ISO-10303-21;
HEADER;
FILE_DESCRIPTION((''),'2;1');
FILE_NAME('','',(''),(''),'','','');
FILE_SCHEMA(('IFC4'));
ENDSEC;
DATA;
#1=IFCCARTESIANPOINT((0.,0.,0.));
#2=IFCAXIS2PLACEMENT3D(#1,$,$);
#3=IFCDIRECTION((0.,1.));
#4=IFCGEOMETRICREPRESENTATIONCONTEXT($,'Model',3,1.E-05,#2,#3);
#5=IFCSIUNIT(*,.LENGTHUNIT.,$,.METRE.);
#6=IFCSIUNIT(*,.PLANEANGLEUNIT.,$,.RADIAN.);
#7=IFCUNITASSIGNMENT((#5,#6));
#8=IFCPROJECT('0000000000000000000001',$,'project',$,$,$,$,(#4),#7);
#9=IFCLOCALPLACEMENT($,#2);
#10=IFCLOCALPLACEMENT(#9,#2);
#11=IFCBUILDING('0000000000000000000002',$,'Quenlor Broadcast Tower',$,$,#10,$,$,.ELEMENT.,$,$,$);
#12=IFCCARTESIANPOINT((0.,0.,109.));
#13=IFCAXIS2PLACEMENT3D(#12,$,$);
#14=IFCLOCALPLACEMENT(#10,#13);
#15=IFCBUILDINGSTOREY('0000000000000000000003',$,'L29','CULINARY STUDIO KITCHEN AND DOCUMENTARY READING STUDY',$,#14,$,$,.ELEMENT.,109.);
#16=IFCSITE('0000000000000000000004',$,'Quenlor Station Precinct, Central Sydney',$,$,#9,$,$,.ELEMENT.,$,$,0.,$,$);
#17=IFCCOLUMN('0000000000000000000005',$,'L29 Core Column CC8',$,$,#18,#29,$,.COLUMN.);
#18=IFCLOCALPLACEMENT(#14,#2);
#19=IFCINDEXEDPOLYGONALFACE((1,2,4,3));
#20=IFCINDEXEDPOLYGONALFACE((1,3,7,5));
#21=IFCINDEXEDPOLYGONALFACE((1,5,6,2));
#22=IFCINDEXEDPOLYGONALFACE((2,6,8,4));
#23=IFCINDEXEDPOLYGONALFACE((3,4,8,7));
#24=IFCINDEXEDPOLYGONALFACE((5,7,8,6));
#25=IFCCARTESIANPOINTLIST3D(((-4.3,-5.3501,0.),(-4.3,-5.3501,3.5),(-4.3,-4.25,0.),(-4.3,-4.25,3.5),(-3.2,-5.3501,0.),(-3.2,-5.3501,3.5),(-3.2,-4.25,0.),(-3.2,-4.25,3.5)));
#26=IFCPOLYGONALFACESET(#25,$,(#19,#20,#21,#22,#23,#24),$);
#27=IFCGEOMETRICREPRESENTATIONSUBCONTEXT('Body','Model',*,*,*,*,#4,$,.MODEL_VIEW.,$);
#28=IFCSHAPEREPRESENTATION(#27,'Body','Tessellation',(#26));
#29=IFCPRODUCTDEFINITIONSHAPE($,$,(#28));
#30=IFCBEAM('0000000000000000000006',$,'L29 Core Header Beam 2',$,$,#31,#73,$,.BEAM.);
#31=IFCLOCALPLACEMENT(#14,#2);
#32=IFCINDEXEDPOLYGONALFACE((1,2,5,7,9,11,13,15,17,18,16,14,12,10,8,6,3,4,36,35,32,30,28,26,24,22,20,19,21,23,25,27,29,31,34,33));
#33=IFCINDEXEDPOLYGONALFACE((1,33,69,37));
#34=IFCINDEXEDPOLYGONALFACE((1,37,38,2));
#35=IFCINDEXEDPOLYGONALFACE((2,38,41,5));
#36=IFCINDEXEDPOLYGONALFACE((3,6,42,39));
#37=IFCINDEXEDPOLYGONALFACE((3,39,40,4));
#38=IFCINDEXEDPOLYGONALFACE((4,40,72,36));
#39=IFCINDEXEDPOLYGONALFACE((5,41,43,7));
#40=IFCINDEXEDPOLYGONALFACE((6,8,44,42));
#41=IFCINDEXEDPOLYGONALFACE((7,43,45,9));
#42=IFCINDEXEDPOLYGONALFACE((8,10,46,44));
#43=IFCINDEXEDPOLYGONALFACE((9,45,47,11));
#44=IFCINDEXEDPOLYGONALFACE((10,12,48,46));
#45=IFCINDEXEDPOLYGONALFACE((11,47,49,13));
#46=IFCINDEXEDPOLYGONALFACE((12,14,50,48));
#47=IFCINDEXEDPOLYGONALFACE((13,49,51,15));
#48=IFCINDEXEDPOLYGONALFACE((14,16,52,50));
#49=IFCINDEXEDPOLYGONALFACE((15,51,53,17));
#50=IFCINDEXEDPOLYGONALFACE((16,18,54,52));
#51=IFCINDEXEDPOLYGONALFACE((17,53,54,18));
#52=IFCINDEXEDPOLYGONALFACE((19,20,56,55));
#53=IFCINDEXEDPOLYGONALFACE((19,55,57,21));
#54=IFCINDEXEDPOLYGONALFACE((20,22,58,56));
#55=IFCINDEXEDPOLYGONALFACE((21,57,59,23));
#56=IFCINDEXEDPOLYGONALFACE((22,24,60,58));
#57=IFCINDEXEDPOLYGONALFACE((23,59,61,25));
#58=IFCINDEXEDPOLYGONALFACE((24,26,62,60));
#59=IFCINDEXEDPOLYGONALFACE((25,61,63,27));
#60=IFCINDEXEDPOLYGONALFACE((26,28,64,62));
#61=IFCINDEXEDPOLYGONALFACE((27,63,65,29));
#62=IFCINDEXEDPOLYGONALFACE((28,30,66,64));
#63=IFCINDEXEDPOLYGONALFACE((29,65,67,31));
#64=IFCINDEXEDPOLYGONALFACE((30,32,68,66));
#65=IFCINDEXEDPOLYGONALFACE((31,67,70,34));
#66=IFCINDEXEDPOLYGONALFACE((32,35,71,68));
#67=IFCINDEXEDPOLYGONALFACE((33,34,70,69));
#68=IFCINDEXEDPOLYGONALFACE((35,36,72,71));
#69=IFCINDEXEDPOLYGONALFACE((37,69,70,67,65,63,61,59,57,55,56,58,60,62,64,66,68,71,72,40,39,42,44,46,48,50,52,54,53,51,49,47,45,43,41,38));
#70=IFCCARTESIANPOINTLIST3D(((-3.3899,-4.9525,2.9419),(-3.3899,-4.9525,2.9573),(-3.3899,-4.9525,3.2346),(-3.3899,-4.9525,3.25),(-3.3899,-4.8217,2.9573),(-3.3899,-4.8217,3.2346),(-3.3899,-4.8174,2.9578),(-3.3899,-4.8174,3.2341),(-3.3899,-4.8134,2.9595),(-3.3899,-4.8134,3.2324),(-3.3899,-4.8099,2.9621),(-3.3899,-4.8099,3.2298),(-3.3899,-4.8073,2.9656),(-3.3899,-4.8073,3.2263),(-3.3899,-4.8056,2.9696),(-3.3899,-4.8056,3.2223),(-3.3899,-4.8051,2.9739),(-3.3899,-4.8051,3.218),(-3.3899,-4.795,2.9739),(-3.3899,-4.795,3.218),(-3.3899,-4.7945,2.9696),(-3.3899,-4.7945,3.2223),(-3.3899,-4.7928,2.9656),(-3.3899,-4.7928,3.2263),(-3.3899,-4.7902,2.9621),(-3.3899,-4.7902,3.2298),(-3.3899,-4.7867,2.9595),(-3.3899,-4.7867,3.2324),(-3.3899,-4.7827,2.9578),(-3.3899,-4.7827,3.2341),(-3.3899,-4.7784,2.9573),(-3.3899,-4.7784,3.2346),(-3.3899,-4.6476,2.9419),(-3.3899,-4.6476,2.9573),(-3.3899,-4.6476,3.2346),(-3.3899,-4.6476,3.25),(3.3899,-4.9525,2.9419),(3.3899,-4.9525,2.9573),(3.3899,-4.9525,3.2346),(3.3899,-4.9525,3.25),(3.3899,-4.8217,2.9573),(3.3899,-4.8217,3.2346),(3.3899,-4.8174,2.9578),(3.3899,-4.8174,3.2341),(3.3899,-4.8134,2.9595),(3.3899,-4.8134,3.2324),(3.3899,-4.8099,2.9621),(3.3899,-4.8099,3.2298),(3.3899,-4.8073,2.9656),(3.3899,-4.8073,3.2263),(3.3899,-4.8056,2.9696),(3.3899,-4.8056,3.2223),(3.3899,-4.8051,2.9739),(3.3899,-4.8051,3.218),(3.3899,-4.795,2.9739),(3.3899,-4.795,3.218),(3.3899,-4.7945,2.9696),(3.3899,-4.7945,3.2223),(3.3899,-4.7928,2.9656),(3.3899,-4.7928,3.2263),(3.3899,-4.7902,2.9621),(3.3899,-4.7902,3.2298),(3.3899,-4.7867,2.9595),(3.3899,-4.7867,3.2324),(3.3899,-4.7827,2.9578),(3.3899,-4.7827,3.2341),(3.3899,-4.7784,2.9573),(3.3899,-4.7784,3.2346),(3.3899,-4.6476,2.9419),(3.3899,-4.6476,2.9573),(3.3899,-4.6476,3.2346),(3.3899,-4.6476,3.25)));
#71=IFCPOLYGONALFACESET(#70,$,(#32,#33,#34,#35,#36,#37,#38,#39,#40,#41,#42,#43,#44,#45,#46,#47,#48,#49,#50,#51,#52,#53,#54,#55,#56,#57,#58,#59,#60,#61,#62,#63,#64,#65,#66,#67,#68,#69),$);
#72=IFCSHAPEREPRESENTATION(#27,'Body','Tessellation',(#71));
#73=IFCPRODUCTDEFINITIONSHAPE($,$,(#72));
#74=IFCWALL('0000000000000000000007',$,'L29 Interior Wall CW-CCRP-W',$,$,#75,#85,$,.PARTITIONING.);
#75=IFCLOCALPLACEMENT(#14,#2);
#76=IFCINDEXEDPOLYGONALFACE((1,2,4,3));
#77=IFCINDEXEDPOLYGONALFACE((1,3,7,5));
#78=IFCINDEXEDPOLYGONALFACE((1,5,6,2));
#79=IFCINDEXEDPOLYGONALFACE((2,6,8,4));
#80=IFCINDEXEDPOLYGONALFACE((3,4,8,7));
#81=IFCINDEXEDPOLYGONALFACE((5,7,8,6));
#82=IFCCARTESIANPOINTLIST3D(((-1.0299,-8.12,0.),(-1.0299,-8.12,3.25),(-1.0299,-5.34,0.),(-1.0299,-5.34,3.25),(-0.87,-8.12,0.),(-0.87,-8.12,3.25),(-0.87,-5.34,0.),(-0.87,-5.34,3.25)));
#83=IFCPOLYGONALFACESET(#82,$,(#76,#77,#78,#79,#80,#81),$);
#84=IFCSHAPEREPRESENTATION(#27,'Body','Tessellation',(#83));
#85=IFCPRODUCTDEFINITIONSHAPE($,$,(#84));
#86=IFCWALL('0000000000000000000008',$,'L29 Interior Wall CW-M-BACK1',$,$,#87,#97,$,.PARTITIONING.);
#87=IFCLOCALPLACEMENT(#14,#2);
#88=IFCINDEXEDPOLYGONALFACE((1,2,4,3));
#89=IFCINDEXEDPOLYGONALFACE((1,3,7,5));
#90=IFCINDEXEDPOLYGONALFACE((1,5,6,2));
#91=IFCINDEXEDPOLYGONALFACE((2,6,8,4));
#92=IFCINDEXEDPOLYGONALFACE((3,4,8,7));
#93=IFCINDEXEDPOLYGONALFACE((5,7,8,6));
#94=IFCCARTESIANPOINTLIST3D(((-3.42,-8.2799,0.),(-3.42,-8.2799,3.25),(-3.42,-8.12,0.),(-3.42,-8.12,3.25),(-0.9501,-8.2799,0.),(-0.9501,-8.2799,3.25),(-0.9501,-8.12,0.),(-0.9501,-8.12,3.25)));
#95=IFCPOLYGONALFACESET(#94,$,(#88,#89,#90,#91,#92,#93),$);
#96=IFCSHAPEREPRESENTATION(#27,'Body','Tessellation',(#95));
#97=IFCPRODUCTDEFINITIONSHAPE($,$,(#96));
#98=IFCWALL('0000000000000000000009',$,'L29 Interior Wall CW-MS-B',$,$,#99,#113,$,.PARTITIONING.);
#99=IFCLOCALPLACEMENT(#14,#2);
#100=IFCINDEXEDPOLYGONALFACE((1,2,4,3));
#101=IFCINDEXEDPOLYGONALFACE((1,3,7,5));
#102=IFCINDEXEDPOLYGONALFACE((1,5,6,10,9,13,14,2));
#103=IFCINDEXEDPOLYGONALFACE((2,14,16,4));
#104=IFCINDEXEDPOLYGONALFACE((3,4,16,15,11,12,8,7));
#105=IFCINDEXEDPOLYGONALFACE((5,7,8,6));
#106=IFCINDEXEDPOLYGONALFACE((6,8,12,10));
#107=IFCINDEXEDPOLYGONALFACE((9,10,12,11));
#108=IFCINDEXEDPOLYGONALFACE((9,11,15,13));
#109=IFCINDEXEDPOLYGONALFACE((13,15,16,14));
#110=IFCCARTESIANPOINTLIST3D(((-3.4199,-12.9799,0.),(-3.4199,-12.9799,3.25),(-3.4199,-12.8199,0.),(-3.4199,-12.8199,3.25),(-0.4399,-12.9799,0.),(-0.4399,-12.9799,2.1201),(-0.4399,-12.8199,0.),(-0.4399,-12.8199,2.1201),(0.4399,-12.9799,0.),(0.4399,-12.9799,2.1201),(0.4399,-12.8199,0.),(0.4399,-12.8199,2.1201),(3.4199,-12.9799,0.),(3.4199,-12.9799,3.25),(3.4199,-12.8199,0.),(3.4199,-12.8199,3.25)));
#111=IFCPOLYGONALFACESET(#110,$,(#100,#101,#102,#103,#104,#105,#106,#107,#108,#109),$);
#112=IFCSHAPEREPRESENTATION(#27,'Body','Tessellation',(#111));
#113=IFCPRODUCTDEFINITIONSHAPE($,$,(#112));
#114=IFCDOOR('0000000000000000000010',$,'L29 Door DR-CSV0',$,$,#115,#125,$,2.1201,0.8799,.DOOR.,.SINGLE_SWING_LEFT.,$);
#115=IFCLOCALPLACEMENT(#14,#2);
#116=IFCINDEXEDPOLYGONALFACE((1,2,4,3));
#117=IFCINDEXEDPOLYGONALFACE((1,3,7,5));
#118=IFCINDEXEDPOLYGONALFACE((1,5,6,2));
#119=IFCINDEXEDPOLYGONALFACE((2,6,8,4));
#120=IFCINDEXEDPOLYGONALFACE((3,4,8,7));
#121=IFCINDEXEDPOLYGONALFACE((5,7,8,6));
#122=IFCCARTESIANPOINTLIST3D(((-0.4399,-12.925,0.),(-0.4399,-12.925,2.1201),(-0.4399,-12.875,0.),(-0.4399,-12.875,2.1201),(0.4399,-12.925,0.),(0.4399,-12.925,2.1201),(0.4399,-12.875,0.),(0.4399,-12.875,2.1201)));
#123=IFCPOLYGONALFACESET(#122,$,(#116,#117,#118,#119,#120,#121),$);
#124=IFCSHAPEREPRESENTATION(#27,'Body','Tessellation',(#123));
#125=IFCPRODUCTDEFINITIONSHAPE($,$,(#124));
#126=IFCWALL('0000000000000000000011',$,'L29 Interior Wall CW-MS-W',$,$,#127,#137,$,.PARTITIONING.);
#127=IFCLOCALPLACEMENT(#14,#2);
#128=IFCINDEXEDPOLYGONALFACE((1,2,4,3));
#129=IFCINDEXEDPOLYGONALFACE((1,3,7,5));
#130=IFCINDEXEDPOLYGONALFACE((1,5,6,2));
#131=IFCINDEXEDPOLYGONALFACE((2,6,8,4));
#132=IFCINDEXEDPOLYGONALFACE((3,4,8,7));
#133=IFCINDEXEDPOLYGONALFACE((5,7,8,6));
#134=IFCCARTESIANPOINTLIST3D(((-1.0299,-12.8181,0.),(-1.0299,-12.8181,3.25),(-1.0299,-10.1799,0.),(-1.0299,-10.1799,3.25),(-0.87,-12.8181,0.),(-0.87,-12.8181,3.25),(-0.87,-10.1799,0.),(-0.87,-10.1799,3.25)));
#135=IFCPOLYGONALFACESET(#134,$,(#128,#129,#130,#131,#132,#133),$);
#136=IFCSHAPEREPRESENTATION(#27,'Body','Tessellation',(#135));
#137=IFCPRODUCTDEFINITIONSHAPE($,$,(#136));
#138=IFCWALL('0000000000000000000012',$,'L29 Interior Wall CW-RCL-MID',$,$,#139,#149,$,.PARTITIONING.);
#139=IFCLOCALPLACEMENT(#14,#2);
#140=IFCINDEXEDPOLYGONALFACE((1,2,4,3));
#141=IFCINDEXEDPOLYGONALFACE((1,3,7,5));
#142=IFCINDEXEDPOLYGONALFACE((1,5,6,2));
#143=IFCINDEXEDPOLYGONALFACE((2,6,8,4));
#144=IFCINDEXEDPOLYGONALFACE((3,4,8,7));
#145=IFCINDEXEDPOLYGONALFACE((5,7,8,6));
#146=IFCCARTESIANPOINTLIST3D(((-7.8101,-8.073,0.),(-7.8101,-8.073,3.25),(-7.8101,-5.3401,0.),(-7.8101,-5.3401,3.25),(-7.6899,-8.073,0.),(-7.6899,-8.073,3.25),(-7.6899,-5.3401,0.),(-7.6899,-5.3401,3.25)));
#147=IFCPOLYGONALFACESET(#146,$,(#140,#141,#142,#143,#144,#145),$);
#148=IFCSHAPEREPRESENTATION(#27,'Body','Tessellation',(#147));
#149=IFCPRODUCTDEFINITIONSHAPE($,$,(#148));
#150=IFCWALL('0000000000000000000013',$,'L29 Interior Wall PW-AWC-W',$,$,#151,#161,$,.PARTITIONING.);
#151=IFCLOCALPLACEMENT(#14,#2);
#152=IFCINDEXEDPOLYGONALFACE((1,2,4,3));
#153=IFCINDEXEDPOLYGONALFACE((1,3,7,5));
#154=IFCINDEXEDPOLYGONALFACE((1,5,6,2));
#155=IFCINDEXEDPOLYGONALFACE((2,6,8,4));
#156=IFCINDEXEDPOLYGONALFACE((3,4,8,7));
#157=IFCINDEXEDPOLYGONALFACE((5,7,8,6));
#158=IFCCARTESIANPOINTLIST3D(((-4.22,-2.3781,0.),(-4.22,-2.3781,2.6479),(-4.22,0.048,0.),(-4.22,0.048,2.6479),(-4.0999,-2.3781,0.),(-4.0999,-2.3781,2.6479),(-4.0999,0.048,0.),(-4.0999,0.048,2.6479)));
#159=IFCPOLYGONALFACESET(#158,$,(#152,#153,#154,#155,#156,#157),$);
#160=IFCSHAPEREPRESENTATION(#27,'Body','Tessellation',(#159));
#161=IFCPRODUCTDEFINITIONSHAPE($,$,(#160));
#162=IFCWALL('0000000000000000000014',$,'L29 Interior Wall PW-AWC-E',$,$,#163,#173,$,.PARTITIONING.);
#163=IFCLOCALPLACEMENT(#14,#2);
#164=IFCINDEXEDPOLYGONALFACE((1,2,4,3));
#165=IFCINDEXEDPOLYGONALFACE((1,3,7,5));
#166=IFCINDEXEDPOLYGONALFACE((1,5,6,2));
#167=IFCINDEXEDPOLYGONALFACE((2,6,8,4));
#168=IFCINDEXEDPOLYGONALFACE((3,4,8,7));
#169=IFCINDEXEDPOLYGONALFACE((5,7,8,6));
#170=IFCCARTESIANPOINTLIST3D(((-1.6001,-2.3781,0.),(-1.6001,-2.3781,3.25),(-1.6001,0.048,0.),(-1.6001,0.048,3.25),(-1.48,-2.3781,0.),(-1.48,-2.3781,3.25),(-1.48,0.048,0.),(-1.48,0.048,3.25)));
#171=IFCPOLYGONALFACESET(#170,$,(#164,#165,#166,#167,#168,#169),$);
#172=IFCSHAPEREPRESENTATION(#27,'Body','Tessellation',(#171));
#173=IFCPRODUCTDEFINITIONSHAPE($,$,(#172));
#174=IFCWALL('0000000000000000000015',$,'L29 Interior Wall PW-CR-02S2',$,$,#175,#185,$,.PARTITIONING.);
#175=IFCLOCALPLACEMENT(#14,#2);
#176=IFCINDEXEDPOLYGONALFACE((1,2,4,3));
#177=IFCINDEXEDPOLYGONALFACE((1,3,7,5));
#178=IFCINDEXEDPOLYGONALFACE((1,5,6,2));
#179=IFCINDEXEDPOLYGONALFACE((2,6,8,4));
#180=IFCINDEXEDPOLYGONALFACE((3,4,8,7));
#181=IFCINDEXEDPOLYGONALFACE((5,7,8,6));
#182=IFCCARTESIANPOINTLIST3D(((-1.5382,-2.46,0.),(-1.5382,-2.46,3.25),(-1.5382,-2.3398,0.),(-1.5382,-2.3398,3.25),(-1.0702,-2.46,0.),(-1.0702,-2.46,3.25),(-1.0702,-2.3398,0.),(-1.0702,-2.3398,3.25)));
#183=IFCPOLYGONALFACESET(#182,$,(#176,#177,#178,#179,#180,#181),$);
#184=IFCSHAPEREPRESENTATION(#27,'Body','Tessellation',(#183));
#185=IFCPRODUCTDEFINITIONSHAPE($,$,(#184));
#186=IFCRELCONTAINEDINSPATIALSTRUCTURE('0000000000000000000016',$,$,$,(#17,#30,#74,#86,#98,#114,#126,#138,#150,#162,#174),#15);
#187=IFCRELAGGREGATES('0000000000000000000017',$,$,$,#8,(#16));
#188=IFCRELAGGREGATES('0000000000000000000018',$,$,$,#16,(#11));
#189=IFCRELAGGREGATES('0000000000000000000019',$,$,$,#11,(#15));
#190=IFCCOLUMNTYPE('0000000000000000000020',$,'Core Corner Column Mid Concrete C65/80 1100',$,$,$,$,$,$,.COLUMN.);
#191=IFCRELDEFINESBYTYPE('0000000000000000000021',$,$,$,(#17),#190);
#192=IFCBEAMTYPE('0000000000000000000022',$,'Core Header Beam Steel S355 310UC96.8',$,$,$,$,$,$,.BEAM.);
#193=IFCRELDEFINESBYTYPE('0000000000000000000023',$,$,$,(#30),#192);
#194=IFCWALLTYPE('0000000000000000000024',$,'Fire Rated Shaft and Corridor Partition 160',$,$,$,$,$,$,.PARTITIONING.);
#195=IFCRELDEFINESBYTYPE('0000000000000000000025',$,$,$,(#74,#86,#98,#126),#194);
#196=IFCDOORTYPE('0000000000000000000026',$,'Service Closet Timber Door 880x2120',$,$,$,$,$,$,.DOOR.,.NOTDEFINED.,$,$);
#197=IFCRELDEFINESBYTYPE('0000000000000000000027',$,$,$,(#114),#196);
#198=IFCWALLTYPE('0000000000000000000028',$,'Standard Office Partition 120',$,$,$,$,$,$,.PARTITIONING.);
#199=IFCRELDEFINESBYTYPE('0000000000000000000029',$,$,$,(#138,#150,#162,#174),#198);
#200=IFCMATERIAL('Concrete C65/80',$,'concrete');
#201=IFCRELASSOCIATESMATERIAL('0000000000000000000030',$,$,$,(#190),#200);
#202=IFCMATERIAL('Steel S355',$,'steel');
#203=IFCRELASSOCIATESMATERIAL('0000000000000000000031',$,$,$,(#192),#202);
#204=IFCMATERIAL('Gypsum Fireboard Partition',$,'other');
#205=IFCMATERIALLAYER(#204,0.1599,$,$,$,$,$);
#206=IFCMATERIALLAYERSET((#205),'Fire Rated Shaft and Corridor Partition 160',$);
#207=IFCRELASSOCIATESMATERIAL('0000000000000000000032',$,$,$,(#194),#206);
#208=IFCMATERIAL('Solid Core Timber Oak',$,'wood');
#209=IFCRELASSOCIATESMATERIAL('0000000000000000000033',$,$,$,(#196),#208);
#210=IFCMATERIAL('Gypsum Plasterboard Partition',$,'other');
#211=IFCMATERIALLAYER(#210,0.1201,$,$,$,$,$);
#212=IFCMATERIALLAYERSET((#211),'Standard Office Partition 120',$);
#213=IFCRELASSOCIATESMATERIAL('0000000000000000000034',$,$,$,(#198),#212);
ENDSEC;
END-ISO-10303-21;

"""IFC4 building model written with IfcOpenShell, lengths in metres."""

from ifc_helpers import new_model, si_unit, direction, frame, frame_2d, origin, origin_2d, place, context, subcontext, project, spatial, rectangle, i_section, extrude, material, layer, layer_set, material_profile, profile_set, type_object, element, fill, save


model = new_model("IFC4")

# Units and contexts
model_context = context("Model", 3, precision=1e-05, world=origin(), true_north=direction((0.0, 1.0)))
body_context = subcontext(model_context, "Body", "Model", "MODEL_VIEW")
ifc_project = project(units=[si_unit("LENGTHUNIT", "METRE"), si_unit("PLANEANGLEUNIT", "RADIAN")], contexts=[model_context])

# Site, building, storey
site_placement = place(None, origin())
site = spatial("IfcSite", under=ifc_project, at=site_placement, Name="Quenlor Station Precinct, Central Sydney", CompositionType="ELEMENT", RefElevation=0.0)
building_placement = place(site_placement, origin())
building = spatial("IfcBuilding", under=site, at=building_placement, Name="Quenlor Broadcast Tower", CompositionType="ELEMENT")
storey_placement = place(building_placement, frame((0.0, 0.0, 109.0)))
storey = spatial("IfcBuildingStorey", under=building, at=storey_placement, Name="L29", Description="CULINARY STUDIO KITCHEN AND DOCUMENTARY READING STUDY", CompositionType="ELEMENT", Elevation=109.0)

# Column
ifc_material_1 = material(Name="Concrete C65/80", Category="concrete")
ifc_material_profile_1 = material_profile(ifc_material_1, rectangle(XDim=1.1001, YDim=1.1001, at=origin_2d()))
ifc_profile_set_1 = profile_set([ifc_material_profile_1], Name="Concrete C65/80 RC1100x1100")
column_type = type_object("IfcColumnType", Name="Core Corner Column Mid Concrete C65/80 1100", PredefinedType="COLUMN", material=ifc_profile_set_1)
column_placement = place(storey_placement, frame((-3.75, -4.8, 0.0), z_axis=(0.0, 0.0, 1.0), x_axis=(1.0, 0.0, 0.0)))
element("IfcColumn", 1, at=column_placement, inside=storey, type_object=column_type, Name="L29 Core Column CC8", PredefinedType="COLUMN", context=body_context, shape_type="SweptSolid", body=[
    extrude(rectangle(XDim=1.1001, YDim=1.1001, at=origin_2d()), origin(), (0.0, 0.0, 1.0), 3.5),
])

# Beam
ifc_material_2 = material(Name="Steel S355", Category="steel")
ifc_material_profile_2 = material_profile(ifc_material_2, i_section(OverallWidth=0.3049, OverallDepth=0.3081, WebThickness=0.01, FlangeThickness=0.0154, FilletRadius=0.0166, at=origin_2d()))
ifc_profile_set_2 = profile_set([ifc_material_profile_2], Name="Steel S355 310UC96.8")
beam_type = type_object("IfcBeamType", Name="Core Header Beam Steel S355 310UC96.8", PredefinedType="BEAM", material=ifc_profile_set_2)
beam_placement = place(storey_placement, frame((-3.3899, -4.8, 3.0959), z_axis=(1.0, 0.0, 0.0), x_axis=(0.0, 1.0, 0.0)))
element("IfcBeam", 2, at=beam_placement, inside=storey, type_object=beam_type, Name="L29 Core Header Beam 2", PredefinedType="BEAM", context=body_context, shape_type="SweptSolid", body=[
    extrude(i_section(OverallWidth=0.3049, OverallDepth=0.3081, WebThickness=0.01, FlangeThickness=0.0154, FilletRadius=0.0166, at=origin_2d()), origin(), (0.0, 0.0, 1.0), 6.7798),
])

# Walls
ifc_material_3 = material(Name="Gypsum Fireboard Partition", Category="other")
ifc_layer_1 = layer(ifc_material_3, 0.1599)
ifc_layer_set_1 = layer_set([ifc_layer_1], Name="Fire Rated Shaft and Corridor Partition 160")
wall_type_1 = type_object("IfcWallType", Name="Fire Rated Shaft and Corridor Partition 160", PredefinedType="PARTITIONING", material=ifc_layer_set_1)
wall_1_placement = place(storey_placement, frame((-0.95, -8.1201, 0.0), z_axis=(0.0, 0.0, 1.0), x_axis=(0.0, 1.0, 0.0)))
element("IfcWall", 3, at=wall_1_placement, inside=storey, type_object=wall_type_1, Name="L29 Interior Wall CW-CCRP-W", PredefinedType="PARTITIONING", context=body_context, shape_type="SweptSolid", body=[
    extrude(rectangle(XDim=2.78, YDim=0.1599, at=frame_2d((1.3901, 0.0))), origin(), (0.0, 0.0, 1.0), 3.25),
])
wall_2_placement = place(storey_placement, frame((-3.4199, -8.2, 0.0), z_axis=(0.0, 0.0, 1.0), x_axis=(1.0, 0.0, 0.0)))
element("IfcWall", 4, at=wall_2_placement, inside=storey, type_object=wall_type_1, Name="L29 Interior Wall CW-M-BACK1", PredefinedType="PARTITIONING", context=body_context, shape_type="SweptSolid", body=[
    extrude(rectangle(XDim=2.47, YDim=0.1599, at=frame_2d((1.2349, 0.0))), origin(), (0.0, 0.0, 1.0), 3.25),
])

# Wall, opening, door
wall_3_placement = place(storey_placement, frame((-3.4199, -12.8999, 0.0), z_axis=(0.0, 0.0, 1.0), x_axis=(1.0, 0.0, 0.0)))
wall_3 = element("IfcWall", 5, at=wall_3_placement, inside=storey, type_object=wall_type_1, Name="L29 Interior Wall CW-MS-B", PredefinedType="PARTITIONING", context=body_context, shape_type="SweptSolid", body=[
    extrude(rectangle(XDim=6.8398, YDim=0.1599, at=frame_2d((3.4199, 0.0))), origin(), (0.0, 0.0, 1.0), 3.25),
])
opening_1_placement = place(wall_3_placement, frame((2.98, 0.0, 0.0)))
opening_1 = element("IfcOpeningElement", 6, at=opening_1_placement, cuts=wall_3, PredefinedType="OPENING", context=body_context, shape_type="SweptSolid", body=[
    extrude(rectangle(XDim=0.8799, YDim=2.1201, at=frame_2d((0.4399, 1.0601))), frame((0.0, 0.0898, 0.0), z_axis=(0.0, -1.0, 0.0), x_axis=(1.0, 0.0, 0.0)), (0.0, 0.0, 1.0), 0.1799),
])
ifc_material_4 = material(Name="Solid Core Timber Oak", Category="wood")
door_type_1 = type_object("IfcDoorType", Name="Service Closet Timber Door 880x2120", OperationType="NOTDEFINED", PredefinedType="DOOR", material=ifc_material_4)
door_1_placement = place(opening_1_placement, origin())
door_1 = element("IfcDoor", 7, at=door_1_placement, inside=storey, type_object=door_type_1, Name="L29 Door DR-CSV0", OperationType="SINGLE_SWING_LEFT", OverallHeight=2.1201, OverallWidth=0.8799, PredefinedType="DOOR", context=body_context, shape_type="SweptSolid", body=[
    extrude(rectangle(XDim=0.8799, YDim=2.1201, at=frame_2d((0.4399, 1.0601))), frame((0.0, 0.0249, 0.0), z_axis=(0.0, -1.0, 0.0), x_axis=(1.0, 0.0, 0.0)), (0.0, 0.0, 1.0), 0.05),
])
fill(opening_1, door_1)

# Walls
wall_4_placement = place(storey_placement, frame((-0.95, -12.8181, 0.0), z_axis=(0.0, 0.0, 1.0), x_axis=(0.0, 1.0, 0.0)))
element("IfcWall", 8, at=wall_4_placement, inside=storey, type_object=wall_type_1, Name="L29 Interior Wall CW-MS-W", PredefinedType="PARTITIONING", context=body_context, shape_type="SweptSolid", body=[
    extrude(rectangle(XDim=2.6382, YDim=0.1599, at=frame_2d((1.3191, 0.0))), origin(), (0.0, 0.0, 1.0), 3.25),
])
ifc_material_5 = material(Name="Gypsum Plasterboard Partition", Category="other")
ifc_layer_2 = layer(ifc_material_5, 0.1201)
ifc_layer_set_2 = layer_set([ifc_layer_2], Name="Standard Office Partition 120")
wall_type_2 = type_object("IfcWallType", Name="Standard Office Partition 120", PredefinedType="PARTITIONING", material=ifc_layer_set_2)
wall_5_placement = place(storey_placement, frame((-7.75, -8.073, 0.0), z_axis=(0.0, 0.0, 1.0), x_axis=(0.0, 1.0, 0.0)))
element("IfcWall", 9, at=wall_5_placement, inside=storey, type_object=wall_type_2, Name="L29 Interior Wall CW-RCL-MID", PredefinedType="PARTITIONING", context=body_context, shape_type="SweptSolid", body=[
    extrude(rectangle(XDim=2.7329, YDim=0.1201, at=frame_2d((1.3665, 0.0))), origin(), (0.0, 0.0, 1.0), 3.25),
])

# Walls
wall_6_placement = place(storey_placement, frame((-4.1599, -2.3779, 0.0), z_axis=(0.0, 0.0, 1.0), x_axis=(0.0, 1.0, 0.0)))
element("IfcWall", 10, at=wall_6_placement, inside=storey, type_object=wall_type_2, Name="L29 Interior Wall PW-AWC-W", PredefinedType="PARTITIONING", context=body_context, shape_type="SweptSolid", body=[
    extrude(rectangle(XDim=2.426, YDim=0.1201, at=frame_2d((1.2129, 0.0))), origin(), (0.0, 0.0, 1.0), 2.6479),
])
wall_7_placement = place(storey_placement, frame((-1.54, -2.3779, 0.0), z_axis=(0.0, 0.0, 1.0), x_axis=(0.0, 1.0, 0.0)))
element("IfcWall", 11, at=wall_7_placement, inside=storey, type_object=wall_type_2, Name="L29 Interior Wall PW-AWC-E", PredefinedType="PARTITIONING", context=body_context, shape_type="SweptSolid", body=[
    extrude(rectangle(XDim=2.426, YDim=0.1201, at=frame_2d((1.2129, 0.0))), origin(), (0.0, 0.0, 1.0), 3.25),
])
wall_8_placement = place(storey_placement, frame((-1.5381, -2.3999, 0.0), z_axis=(0.0, 0.0, 1.0), x_axis=(1.0, 0.0, 0.0)))
element("IfcWall", 12, at=wall_8_placement, inside=storey, type_object=wall_type_2, Name="L29 Interior Wall PW-CR-02S2", PredefinedType="PARTITIONING", context=body_context, shape_type="SweptSolid", body=[
    extrude(rectangle(XDim=0.468, YDim=0.1201, at=frame_2d((0.2339, 0.0))), origin(), (0.0, 0.0, 1.0), 3.25),
])

save(model, "model.ifc")
